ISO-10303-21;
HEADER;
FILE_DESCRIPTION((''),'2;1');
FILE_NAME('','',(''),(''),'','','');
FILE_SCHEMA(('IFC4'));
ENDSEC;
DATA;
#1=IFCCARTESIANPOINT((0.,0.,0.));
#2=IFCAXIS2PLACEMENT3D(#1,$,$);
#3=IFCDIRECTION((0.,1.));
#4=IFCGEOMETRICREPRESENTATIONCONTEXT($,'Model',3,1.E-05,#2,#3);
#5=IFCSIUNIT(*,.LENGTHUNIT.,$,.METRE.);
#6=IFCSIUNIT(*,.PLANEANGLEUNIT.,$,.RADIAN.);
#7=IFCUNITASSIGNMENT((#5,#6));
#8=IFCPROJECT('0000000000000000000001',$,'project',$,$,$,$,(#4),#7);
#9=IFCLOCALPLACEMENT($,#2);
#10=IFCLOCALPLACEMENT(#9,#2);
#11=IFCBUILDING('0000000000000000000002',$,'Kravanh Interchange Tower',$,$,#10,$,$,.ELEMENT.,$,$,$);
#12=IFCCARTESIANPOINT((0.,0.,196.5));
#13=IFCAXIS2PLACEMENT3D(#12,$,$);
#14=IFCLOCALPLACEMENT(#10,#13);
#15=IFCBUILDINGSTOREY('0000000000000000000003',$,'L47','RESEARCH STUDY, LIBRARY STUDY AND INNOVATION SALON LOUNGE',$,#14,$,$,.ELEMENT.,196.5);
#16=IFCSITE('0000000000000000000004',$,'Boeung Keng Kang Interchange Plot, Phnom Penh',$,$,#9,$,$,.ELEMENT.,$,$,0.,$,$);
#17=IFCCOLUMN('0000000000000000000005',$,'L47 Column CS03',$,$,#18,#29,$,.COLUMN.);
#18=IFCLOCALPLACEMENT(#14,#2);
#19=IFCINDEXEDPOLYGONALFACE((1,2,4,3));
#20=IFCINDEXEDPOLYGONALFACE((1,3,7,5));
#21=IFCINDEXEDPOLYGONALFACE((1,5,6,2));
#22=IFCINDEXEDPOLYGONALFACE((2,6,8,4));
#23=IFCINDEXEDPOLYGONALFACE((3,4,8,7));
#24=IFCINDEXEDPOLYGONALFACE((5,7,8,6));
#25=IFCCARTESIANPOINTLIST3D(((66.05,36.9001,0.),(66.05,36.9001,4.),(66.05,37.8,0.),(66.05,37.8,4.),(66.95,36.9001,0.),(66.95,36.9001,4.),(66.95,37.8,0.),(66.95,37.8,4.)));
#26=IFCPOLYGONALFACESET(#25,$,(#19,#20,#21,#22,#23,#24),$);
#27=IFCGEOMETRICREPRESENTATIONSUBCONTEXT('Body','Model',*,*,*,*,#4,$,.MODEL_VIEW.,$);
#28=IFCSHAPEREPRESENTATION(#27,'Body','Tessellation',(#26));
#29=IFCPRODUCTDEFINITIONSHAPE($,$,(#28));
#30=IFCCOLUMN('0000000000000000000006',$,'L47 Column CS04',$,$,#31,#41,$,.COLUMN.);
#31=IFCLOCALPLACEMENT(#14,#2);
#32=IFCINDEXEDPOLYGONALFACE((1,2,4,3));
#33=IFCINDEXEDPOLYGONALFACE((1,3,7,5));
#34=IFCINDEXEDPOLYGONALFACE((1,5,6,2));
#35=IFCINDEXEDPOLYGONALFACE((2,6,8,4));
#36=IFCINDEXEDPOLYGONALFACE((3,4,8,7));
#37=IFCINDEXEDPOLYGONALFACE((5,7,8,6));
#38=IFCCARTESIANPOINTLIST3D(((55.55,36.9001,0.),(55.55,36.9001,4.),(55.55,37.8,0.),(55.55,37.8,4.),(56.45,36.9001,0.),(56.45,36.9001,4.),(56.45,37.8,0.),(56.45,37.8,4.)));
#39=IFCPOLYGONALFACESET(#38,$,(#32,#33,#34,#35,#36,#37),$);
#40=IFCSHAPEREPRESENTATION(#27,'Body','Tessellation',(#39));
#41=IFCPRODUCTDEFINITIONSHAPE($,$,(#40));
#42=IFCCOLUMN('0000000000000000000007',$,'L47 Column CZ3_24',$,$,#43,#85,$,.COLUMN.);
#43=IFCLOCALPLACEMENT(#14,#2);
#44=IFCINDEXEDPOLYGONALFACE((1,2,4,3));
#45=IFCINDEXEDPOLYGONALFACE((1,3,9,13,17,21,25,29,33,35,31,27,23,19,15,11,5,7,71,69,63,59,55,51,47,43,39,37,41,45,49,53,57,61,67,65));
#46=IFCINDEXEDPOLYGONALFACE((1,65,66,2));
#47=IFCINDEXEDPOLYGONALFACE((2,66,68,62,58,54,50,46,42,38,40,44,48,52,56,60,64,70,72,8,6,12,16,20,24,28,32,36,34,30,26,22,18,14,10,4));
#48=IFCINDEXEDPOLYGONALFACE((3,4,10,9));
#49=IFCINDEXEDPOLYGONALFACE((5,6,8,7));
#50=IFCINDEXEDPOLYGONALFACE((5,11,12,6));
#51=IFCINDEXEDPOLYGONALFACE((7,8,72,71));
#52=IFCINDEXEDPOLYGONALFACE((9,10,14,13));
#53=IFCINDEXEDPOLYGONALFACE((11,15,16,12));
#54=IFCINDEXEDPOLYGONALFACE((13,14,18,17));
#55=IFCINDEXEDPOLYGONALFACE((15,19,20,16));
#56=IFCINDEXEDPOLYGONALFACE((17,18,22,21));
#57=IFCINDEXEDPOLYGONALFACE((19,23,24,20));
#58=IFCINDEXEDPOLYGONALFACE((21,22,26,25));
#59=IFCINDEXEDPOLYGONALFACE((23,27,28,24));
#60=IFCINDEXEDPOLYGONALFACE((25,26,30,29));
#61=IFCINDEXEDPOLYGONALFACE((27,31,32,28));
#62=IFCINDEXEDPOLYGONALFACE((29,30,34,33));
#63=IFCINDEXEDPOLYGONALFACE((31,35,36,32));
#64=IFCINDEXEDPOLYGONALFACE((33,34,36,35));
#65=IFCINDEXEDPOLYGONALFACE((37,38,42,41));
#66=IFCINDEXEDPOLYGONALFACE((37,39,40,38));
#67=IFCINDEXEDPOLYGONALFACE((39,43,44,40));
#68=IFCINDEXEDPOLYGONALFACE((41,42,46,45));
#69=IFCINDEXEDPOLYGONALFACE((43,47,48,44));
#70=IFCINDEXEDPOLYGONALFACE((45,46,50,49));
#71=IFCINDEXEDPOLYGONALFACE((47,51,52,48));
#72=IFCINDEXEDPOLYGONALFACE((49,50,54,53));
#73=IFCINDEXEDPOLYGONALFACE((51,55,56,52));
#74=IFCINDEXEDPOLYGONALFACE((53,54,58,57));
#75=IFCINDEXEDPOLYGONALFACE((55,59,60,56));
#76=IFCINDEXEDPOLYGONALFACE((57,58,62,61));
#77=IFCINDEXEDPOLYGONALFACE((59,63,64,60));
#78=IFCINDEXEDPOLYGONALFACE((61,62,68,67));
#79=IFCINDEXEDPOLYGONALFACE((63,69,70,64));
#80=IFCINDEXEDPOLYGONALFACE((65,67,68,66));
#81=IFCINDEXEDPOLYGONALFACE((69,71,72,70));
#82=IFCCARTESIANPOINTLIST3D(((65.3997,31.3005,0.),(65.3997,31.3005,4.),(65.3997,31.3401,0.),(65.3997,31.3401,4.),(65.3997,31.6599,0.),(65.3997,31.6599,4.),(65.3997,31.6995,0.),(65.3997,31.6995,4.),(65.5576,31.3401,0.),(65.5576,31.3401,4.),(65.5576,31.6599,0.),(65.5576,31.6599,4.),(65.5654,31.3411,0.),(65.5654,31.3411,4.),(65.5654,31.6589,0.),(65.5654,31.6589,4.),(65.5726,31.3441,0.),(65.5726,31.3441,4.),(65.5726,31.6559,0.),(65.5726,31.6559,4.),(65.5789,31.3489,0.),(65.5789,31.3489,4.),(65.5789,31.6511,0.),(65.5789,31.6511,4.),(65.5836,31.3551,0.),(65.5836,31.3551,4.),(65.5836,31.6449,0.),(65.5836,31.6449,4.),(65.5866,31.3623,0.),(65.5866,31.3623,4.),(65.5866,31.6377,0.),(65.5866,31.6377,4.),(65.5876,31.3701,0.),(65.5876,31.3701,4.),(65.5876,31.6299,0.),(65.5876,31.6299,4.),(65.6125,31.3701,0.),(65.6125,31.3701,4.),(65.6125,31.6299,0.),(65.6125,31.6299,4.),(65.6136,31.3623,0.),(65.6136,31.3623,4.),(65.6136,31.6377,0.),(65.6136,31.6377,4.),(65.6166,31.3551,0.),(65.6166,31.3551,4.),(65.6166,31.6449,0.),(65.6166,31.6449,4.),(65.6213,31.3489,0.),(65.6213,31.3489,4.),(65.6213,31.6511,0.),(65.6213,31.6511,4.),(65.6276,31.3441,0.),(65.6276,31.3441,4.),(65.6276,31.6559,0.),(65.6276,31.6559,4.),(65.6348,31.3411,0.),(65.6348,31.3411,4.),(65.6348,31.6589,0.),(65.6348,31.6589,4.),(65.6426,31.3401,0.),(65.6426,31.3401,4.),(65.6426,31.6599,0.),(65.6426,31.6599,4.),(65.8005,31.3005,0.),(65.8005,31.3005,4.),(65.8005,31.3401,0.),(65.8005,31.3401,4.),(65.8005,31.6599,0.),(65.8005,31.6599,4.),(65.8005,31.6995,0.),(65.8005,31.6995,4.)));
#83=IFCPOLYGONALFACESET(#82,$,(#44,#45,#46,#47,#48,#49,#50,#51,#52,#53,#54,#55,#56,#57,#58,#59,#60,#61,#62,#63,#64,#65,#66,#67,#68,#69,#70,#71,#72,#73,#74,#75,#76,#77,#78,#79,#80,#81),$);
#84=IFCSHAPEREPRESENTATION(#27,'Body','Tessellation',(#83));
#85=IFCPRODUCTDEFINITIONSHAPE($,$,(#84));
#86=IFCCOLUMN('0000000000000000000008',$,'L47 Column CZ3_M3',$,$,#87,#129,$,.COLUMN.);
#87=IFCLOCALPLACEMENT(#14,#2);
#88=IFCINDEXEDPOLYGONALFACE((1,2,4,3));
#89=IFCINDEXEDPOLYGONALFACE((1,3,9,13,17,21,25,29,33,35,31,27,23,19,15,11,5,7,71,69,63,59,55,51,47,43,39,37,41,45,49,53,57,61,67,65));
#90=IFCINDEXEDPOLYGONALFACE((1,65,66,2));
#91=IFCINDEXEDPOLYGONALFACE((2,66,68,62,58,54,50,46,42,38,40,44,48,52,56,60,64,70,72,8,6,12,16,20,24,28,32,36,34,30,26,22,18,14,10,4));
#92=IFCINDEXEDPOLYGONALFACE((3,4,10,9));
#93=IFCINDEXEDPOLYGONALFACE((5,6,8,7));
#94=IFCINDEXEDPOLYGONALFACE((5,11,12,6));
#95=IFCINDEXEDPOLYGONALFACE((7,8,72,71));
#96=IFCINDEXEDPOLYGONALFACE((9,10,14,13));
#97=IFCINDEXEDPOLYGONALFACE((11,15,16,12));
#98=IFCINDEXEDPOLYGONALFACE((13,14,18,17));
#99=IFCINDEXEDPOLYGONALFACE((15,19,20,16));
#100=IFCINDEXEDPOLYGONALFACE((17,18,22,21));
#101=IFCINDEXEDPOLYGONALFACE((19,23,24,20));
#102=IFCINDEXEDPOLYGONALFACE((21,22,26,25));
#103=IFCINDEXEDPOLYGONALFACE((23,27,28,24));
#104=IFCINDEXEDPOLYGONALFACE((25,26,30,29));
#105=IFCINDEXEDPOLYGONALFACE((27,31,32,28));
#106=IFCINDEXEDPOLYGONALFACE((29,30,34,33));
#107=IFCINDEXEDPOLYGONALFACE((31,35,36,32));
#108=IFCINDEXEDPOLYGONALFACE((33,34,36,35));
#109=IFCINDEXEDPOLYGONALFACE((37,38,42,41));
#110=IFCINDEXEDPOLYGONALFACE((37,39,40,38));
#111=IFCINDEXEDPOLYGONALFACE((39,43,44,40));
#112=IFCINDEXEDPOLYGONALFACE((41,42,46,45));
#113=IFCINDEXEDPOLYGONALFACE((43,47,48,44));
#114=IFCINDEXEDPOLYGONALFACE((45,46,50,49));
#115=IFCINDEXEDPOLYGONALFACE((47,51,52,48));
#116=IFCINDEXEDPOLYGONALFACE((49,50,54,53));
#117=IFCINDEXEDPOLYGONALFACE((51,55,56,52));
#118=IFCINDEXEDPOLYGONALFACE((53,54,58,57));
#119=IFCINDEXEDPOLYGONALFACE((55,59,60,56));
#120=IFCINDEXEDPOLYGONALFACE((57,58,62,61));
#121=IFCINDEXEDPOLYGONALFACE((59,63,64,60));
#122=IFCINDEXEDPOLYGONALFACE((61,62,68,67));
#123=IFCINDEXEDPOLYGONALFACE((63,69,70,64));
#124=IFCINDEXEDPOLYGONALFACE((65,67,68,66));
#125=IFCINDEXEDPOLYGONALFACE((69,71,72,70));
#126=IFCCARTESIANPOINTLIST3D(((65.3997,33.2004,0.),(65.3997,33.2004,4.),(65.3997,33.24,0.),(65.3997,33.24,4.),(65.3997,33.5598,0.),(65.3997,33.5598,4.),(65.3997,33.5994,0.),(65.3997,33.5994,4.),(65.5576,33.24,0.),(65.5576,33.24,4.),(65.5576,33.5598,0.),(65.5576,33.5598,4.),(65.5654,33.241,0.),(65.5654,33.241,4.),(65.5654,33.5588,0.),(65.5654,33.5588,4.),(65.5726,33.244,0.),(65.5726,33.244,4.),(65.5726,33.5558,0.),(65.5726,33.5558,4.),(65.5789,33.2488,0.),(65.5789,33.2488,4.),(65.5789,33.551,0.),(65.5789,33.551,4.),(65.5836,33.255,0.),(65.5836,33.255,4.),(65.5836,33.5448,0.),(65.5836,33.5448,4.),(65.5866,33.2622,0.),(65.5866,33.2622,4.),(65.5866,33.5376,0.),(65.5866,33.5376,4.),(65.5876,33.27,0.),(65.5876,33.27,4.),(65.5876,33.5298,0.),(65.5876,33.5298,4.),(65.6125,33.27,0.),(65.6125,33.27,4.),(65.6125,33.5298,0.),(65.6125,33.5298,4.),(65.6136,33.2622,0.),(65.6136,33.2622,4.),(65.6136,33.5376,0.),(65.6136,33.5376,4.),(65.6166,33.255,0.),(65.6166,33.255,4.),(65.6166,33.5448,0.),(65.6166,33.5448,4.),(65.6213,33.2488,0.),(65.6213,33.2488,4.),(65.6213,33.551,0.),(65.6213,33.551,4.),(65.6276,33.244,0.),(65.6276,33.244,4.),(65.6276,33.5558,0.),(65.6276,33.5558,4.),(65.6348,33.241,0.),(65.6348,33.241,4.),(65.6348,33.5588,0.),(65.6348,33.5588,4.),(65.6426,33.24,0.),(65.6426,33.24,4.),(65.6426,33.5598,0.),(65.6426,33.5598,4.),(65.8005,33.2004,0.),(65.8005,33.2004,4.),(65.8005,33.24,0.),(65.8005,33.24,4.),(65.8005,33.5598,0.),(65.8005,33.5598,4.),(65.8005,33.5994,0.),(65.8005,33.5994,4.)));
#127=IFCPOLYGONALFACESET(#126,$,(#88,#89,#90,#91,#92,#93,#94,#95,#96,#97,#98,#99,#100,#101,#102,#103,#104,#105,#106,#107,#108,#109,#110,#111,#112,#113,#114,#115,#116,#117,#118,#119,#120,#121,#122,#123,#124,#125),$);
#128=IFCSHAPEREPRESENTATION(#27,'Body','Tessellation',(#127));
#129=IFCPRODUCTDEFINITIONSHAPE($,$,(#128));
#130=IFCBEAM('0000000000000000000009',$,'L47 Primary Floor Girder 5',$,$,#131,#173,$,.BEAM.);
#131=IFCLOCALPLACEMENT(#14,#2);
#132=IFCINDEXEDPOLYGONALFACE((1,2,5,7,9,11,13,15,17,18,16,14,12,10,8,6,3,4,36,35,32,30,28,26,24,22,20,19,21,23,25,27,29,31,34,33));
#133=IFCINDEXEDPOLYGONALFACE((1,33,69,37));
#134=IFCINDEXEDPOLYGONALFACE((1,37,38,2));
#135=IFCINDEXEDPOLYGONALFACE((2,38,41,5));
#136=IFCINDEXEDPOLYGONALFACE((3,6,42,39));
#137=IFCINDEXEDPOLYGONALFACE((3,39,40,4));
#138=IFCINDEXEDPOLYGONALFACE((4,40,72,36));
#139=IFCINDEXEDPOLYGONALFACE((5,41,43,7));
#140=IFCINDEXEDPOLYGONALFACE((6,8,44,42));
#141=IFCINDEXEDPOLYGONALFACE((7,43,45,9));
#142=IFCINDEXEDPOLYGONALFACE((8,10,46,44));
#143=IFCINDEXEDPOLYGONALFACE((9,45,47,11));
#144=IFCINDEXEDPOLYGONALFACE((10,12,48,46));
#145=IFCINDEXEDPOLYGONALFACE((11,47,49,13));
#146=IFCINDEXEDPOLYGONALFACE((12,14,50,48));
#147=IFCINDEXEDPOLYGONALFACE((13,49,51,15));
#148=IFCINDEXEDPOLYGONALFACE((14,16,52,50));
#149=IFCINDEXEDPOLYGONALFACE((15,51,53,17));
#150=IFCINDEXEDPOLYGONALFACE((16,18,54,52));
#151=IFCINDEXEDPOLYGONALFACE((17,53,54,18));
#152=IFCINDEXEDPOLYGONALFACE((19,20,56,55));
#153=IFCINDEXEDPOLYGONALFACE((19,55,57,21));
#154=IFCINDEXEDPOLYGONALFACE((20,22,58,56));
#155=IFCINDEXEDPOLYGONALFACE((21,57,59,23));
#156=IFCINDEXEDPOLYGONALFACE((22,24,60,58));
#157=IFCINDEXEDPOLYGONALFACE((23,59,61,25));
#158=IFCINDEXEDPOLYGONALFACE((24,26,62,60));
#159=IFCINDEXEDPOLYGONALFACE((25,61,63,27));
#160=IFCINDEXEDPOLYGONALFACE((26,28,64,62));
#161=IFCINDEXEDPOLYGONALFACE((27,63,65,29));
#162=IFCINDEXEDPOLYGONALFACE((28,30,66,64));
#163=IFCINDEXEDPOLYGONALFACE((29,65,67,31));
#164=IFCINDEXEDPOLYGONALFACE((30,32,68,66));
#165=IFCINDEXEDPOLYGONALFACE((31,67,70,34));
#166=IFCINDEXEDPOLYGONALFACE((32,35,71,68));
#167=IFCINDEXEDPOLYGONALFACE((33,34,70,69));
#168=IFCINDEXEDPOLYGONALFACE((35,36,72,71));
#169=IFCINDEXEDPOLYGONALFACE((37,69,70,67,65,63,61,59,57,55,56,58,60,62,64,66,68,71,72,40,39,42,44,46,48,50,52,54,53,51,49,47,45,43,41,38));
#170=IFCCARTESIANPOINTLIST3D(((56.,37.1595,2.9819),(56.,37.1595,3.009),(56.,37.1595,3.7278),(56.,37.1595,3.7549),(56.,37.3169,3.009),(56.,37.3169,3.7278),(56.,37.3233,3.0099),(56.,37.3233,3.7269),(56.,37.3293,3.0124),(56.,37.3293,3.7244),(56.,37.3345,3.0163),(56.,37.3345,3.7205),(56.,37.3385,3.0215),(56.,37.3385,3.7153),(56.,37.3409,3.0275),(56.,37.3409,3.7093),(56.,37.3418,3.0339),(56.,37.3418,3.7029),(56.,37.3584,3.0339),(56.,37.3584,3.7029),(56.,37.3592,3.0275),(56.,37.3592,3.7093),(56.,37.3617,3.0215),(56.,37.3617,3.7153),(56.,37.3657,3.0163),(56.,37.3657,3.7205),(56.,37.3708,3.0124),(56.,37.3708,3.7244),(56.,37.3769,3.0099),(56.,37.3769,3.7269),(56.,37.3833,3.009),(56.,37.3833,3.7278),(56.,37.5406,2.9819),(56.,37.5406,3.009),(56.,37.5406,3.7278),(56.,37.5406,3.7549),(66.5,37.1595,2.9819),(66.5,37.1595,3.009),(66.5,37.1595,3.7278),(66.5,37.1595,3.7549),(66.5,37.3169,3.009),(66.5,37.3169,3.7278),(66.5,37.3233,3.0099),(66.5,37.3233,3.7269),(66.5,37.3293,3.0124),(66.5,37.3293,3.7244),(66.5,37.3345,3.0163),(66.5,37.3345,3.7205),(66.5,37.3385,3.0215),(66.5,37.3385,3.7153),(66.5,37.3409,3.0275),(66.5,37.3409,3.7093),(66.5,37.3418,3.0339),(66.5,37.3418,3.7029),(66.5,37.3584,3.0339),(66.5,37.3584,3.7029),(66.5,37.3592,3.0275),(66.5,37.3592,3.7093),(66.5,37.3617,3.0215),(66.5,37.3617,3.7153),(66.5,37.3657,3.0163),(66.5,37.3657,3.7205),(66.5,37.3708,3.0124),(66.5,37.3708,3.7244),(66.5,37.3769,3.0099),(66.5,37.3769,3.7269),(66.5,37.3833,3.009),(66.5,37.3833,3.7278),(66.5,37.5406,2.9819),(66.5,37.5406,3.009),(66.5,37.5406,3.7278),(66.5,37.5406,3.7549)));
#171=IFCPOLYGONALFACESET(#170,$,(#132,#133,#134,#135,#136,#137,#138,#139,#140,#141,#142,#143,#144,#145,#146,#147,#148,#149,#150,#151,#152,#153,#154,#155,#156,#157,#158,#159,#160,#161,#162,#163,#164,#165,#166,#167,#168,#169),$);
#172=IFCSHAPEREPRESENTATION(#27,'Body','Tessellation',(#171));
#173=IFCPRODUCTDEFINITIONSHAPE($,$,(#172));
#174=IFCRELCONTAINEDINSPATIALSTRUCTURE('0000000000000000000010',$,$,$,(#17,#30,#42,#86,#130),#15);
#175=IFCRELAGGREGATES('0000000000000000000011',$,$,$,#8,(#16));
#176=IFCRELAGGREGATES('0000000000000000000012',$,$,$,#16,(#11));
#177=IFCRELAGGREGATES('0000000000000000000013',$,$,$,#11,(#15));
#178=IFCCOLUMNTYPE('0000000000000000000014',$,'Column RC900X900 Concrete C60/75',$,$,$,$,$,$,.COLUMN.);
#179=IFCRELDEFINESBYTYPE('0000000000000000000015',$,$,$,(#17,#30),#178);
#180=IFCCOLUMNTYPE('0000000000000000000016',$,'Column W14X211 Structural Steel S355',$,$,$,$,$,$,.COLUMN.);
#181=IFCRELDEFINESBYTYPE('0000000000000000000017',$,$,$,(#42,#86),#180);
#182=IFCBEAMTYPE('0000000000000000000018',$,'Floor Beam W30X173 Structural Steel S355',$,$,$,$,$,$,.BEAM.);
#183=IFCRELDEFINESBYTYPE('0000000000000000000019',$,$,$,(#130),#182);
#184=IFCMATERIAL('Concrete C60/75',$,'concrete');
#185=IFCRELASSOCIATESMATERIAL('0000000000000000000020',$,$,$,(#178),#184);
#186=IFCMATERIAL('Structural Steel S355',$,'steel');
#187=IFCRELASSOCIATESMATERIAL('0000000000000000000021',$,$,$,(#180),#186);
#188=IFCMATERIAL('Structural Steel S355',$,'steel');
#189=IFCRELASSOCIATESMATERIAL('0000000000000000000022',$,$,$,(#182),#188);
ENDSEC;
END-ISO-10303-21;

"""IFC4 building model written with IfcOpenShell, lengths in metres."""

from ifc_helpers import new_model, si_unit, direction, frame, origin, origin_2d, place, context, subcontext, project, spatial, rectangle, i_section, extrude, material, material_profile, profile_set, type_object, element, save


model = new_model("IFC4")

# Units and contexts
model_context = context("Model", 3, precision=1e-05, world=origin(), true_north=direction((0.0, 1.0)))
body_context = subcontext(model_context, "Body", "Model", "MODEL_VIEW")
ifc_project = project(units=[si_unit("LENGTHUNIT", "METRE"), si_unit("PLANEANGLEUNIT", "RADIAN")], contexts=[model_context])

# Site, building, storey
site_placement = place(None, origin())
site = spatial("IfcSite", under=ifc_project, at=site_placement, Name="Boeung Keng Kang Interchange Plot, Phnom Penh", CompositionType="ELEMENT", RefElevation=0.0)
building_placement = place(site_placement, origin())
building = spatial("IfcBuilding", under=site, at=building_placement, Name="Kravanh Interchange Tower", CompositionType="ELEMENT")
storey_placement = place(building_placement, frame((0.0, 0.0, 196.5)))
storey = spatial("IfcBuildingStorey", under=building, at=storey_placement, Name="L47", Description="RESEARCH STUDY, LIBRARY STUDY AND INNOVATION SALON LOUNGE", CompositionType="ELEMENT", Elevation=196.5)

# Columns
ifc_material_1 = material(Name="Concrete C60/75", Category="concrete")
ifc_material_profile_1 = material_profile(ifc_material_1, rectangle(XDim=0.8999, YDim=0.8999, at=origin_2d()), Name="RC900X900")
ifc_profile_set_1 = profile_set([ifc_material_profile_1], Name="Concrete C60/75")
column_type_1 = type_object("IfcColumnType", Name="Column RC900X900 Concrete C60/75", PredefinedType="COLUMN", material=ifc_profile_set_1)
for number, where, z_axis, x_axis, name in (
    (1, (66.5, 37.3501, 0.0), (0.0, 0.0, 1.0), (1.0, 0.0, 0.0), "L47 Column CS03"),
    (2, (56.0, 37.3501, 0.0), (0.0, 0.0, 1.0), (1.0, 0.0, 0.0), "L47 Column CS04"),
):
    element("IfcColumn", number, at=place(storey_placement, frame(where, z_axis=z_axis, x_axis=x_axis)), inside=storey, type_object=column_type_1, Name=name, PredefinedType="COLUMN", context=body_context, shape_type="SweptSolid", body=[
        extrude(rectangle(XDim=0.8999, YDim=0.8999, at=origin_2d()), origin(), (0.0, 0.0, 1.0), 4.0),
    ])
ifc_material_2 = material(Name="Structural Steel S355", Category="steel")
ifc_material_profile_2 = material_profile(ifc_material_2, i_section(OverallWidth=0.4009, OverallDepth=0.3989, WebThickness=0.0249, FlangeThickness=0.0396, FilletRadius=0.03, at=origin_2d()), Name="W14X211")
ifc_profile_set_2 = profile_set([ifc_material_profile_2], Name="Structural Steel S355")
column_type_2 = type_object("IfcColumnType", Name="Column W14X211 Structural Steel S355", PredefinedType="COLUMN", material=ifc_profile_set_2)
for number, where, z_axis, x_axis, name in (
    (3, (65.6001, 31.5, 0.0), (0.0, 0.0, 1.0), (1.0, 0.0, 0.0), "L47 Column CZ3_24"),
    (4, (65.6001, 33.3999, 0.0), (0.0, 0.0, 1.0), (1.0, 0.0, 0.0), "L47 Column CZ3_M3"),
):
    element("IfcColumn", number, at=place(storey_placement, frame(where, z_axis=z_axis, x_axis=x_axis)), inside=storey, type_object=column_type_2, Name=name, PredefinedType="COLUMN", context=body_context, shape_type="SweptSolid", body=[
        extrude(i_section(OverallWidth=0.4009, OverallDepth=0.3989, WebThickness=0.0249, FlangeThickness=0.0396, FilletRadius=0.03, at=origin_2d()), origin(), (0.0, 0.0, 1.0), 4.0),
    ])

# Beam
ifc_material_3 = material(Name="Structural Steel S355", Category="steel")
ifc_material_profile_3 = material_profile(ifc_material_3, i_section(OverallWidth=0.3811, OverallDepth=0.7729, WebThickness=0.0166, FlangeThickness=0.0271, FilletRadius=0.0249, at=origin_2d()), Name="W30X173")
ifc_profile_set_3 = profile_set([ifc_material_profile_3], Name="Structural Steel S355")
beam_type_1 = type_object("IfcBeamType", Name="Floor Beam W30X173 Structural Steel S355", PredefinedType="BEAM", material=ifc_profile_set_3)
beam_1_placement = place(storey_placement, frame((66.5, 37.3501, 3.3684), z_axis=(-1.0, 0.0, 0.0), x_axis=(0.0, -1.0, 0.0)))
element("IfcBeam", 5, at=beam_1_placement, inside=storey, type_object=beam_type_1, Name="L47 Primary Floor Girder 5", PredefinedType="BEAM", context=body_context, shape_type="SweptSolid", body=[
    extrude(i_section(OverallWidth=0.3811, OverallDepth=0.7729, WebThickness=0.0166, FlangeThickness=0.0271, FilletRadius=0.0249, at=origin_2d()), origin(), (0.0, 0.0, 1.0), 10.5),
])

save(model, "model.ifc")
